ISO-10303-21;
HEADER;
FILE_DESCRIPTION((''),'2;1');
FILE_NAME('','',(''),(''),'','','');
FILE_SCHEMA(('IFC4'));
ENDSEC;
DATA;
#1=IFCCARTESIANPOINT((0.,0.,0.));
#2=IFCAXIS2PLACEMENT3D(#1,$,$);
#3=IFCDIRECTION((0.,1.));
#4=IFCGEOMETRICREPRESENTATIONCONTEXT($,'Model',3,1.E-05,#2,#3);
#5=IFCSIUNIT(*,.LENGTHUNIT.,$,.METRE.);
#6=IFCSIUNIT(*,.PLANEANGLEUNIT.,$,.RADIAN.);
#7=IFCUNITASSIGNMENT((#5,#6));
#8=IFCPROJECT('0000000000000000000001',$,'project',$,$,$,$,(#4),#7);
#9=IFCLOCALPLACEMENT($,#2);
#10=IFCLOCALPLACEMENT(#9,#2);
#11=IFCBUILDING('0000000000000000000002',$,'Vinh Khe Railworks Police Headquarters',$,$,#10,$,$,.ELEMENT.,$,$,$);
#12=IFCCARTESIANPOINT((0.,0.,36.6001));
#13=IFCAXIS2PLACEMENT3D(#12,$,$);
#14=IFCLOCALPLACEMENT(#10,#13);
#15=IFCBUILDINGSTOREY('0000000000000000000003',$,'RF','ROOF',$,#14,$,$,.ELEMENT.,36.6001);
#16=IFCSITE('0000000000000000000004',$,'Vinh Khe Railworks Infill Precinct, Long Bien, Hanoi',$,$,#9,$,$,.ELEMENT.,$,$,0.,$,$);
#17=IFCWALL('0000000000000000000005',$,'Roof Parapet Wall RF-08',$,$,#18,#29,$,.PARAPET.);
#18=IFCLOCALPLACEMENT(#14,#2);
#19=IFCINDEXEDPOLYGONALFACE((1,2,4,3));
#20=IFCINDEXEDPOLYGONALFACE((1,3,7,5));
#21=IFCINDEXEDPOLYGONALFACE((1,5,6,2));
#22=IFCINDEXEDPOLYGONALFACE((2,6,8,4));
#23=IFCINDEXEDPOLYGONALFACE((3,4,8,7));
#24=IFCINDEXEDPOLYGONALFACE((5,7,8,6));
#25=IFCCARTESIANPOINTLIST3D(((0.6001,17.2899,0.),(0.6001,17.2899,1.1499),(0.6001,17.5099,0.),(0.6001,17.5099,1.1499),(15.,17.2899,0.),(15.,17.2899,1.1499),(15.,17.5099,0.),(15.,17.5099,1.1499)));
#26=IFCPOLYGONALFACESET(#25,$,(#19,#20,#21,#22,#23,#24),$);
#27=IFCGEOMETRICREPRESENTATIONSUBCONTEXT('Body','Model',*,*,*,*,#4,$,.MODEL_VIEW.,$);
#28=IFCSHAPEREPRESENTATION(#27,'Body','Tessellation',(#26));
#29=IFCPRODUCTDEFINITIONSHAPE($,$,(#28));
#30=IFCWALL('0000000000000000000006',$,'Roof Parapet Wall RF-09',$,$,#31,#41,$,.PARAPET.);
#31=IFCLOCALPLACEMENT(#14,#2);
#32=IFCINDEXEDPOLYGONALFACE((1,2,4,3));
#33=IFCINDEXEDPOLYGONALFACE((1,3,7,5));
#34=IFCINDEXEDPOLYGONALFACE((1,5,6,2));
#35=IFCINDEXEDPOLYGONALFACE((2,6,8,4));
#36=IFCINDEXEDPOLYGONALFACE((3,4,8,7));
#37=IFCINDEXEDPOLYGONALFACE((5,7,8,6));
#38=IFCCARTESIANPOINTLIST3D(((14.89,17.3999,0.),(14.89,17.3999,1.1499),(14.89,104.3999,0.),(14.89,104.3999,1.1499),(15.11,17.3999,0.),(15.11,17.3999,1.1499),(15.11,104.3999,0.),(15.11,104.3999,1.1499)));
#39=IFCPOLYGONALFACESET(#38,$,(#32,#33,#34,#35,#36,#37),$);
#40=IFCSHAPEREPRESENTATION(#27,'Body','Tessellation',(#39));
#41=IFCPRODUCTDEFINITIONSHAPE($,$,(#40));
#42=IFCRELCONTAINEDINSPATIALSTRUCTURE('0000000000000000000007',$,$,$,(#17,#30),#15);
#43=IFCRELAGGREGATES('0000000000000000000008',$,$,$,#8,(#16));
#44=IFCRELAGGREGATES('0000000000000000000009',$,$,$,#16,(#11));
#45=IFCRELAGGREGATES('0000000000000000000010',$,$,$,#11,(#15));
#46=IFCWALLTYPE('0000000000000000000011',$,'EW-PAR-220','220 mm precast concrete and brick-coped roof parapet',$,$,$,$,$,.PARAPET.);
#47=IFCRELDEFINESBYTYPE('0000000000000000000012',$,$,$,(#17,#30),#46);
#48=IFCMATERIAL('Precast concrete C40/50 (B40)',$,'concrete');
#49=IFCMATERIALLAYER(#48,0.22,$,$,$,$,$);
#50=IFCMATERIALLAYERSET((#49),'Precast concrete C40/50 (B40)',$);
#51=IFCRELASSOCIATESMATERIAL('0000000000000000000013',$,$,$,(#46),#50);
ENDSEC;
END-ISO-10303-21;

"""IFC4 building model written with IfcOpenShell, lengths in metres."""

from ifc_helpers import new_model, si_unit, direction, frame, frame_2d, origin, place, context, subcontext, project, spatial, rectangle, extrude, material, layer, layer_set, type_object, element, save


model = new_model("IFC4")

# Units and contexts
model_context = context("Model", 3, precision=1e-05, world=origin(), true_north=direction((0.0, 1.0)))
body_context = subcontext(model_context, "Body", "Model", "MODEL_VIEW")
ifc_project = project(units=[si_unit("LENGTHUNIT", "METRE"), si_unit("PLANEANGLEUNIT", "RADIAN")], contexts=[model_context])

# Site, building, storey
site_placement = place(None, origin())
site = spatial("IfcSite", under=ifc_project, at=site_placement, Name="Vinh Khe Railworks Infill Precinct, Long Bien, Hanoi", CompositionType="ELEMENT", RefElevation=0.0)
building_placement = place(site_placement, origin())
building = spatial("IfcBuilding", under=site, at=building_placement, Name="Vinh Khe Railworks Police Headquarters", CompositionType="ELEMENT")
storey_placement = place(building_placement, frame((0.0, 0.0, 36.6001)))
storey = spatial("IfcBuildingStorey", under=building, at=storey_placement, Name="RF", Description="ROOF", CompositionType="ELEMENT", Elevation=36.6001)

# Walls
ifc_material_1 = material(Name="Precast concrete C40/50 (B40)", Category="concrete")
ifc_layer_1 = layer(ifc_material_1, 0.22)
ifc_layer_set_1 = layer_set([ifc_layer_1], Name="Precast concrete C40/50 (B40)")
wall_type_1 = type_object("IfcWallType", Name="EW-PAR-220", Description="220 mm precast concrete and brick-coped roof parapet", PredefinedType="PARAPET", material=ifc_layer_set_1)
wall_1_placement = place(storey_placement, frame((0.6001, 17.3999, 0.0), z_axis=(0.0, 0.0, 1.0), x_axis=(1.0, 0.0, 0.0)))
element("IfcWall", 1, at=wall_1_placement, inside=storey, type_object=wall_type_1, Name="Roof Parapet Wall RF-08", PredefinedType="PARAPET", context=body_context, shape_type="SweptSolid", body=[
    extrude(rectangle(XDim=14.3999, YDim=0.22, at=frame_2d((7.2, 0.0))), origin(), (0.0, 0.0, 1.0), 1.1499),
])
wall_2_placement = place(storey_placement, frame((15.0, 17.3999, 0.0), z_axis=(0.0, 0.0, 1.0), x_axis=(0.0, 1.0, 0.0)))
element("IfcWall", 2, at=wall_2_placement, inside=storey, type_object=wall_type_1, Name="Roof Parapet Wall RF-09", PredefinedType="PARAPET", context=body_context, shape_type="SweptSolid", body=[
    extrude(rectangle(XDim=87.0, YDim=0.22, at=frame_2d((43.5, 0.0))), origin(), (0.0, 0.0, 1.0), 1.1499),
])

save(model, "model.ifc")
